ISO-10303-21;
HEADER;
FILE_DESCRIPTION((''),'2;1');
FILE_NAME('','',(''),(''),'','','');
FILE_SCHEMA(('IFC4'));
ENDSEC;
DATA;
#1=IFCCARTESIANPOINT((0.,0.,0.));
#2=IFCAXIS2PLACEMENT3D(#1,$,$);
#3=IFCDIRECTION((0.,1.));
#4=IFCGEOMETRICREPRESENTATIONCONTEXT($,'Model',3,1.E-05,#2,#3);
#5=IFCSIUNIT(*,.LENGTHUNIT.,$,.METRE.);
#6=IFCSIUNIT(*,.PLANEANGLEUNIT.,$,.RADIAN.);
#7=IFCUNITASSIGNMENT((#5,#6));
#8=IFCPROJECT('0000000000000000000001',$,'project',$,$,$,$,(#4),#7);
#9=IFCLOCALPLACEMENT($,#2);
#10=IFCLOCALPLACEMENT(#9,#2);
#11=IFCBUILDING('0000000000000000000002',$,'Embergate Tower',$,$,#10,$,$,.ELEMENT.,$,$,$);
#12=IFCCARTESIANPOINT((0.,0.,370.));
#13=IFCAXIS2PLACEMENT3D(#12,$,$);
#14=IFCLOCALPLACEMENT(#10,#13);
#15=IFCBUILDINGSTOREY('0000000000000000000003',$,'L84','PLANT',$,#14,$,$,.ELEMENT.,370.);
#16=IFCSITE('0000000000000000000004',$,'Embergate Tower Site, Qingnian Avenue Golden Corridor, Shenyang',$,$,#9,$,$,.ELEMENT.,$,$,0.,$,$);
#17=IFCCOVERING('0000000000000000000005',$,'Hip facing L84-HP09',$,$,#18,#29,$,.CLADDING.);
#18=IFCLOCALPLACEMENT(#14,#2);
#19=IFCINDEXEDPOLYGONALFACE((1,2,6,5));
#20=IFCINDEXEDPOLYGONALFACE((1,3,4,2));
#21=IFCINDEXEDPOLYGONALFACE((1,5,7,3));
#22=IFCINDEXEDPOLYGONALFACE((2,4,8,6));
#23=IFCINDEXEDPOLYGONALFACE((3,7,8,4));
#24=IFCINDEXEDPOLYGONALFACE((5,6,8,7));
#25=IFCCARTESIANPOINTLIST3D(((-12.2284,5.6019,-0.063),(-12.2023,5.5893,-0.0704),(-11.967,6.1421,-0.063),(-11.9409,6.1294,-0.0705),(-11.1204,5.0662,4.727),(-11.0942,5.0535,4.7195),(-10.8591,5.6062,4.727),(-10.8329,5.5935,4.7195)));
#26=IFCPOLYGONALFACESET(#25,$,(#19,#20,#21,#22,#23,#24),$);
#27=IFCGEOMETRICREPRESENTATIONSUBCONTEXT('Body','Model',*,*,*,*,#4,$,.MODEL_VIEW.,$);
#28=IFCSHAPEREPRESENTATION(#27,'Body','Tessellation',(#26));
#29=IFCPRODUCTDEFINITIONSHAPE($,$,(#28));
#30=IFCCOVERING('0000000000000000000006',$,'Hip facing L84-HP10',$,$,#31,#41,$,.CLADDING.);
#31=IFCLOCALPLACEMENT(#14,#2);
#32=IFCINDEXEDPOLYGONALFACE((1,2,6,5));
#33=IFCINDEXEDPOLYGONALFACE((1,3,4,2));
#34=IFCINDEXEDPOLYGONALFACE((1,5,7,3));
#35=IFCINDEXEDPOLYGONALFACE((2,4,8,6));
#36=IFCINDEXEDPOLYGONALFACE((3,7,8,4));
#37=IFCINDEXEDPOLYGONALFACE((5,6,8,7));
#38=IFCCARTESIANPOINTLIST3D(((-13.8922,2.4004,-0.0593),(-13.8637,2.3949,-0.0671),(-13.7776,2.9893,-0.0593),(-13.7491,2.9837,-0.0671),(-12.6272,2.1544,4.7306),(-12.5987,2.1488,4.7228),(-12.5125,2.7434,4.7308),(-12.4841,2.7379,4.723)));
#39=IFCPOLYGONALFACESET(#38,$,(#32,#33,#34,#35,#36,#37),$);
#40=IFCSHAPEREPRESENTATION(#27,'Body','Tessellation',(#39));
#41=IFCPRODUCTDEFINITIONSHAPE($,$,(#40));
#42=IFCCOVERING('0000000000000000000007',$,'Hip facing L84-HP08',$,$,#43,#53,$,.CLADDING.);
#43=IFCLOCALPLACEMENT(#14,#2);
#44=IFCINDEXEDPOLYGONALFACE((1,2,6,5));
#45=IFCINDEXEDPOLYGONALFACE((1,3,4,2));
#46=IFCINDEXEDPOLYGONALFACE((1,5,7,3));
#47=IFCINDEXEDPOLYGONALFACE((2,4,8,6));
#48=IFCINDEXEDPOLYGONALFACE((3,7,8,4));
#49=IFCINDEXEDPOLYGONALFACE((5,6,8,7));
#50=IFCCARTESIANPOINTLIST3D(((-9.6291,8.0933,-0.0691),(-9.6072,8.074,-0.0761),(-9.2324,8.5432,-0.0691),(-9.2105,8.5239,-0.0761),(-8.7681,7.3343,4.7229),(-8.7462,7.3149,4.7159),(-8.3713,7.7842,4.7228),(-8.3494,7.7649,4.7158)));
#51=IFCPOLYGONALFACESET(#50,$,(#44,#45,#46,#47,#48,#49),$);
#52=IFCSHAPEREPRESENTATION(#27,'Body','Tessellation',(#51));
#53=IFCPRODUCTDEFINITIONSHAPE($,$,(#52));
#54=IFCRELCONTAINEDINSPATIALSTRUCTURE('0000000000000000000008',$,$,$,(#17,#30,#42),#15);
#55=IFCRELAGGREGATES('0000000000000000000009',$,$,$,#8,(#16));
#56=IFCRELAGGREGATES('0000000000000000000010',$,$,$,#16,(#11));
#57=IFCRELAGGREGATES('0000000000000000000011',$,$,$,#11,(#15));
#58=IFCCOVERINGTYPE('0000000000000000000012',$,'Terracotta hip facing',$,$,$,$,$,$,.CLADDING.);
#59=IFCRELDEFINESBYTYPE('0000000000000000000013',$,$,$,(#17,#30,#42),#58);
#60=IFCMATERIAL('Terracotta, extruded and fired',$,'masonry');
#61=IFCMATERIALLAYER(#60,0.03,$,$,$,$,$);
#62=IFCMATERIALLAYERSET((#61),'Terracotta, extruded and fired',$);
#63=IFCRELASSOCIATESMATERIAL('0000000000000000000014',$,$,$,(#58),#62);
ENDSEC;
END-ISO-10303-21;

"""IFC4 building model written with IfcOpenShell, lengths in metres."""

from ifc_helpers import new_model, si_unit, direction, frame, origin, place, context, subcontext, project, spatial, polyline, outline, extrude, source, transform, mapped, material, layer, layer_set, type_object, element, save


model = new_model("IFC4")

# Units and contexts
model_context = context("Model", 3, precision=1e-05, world=origin(), true_north=direction((0.0, 1.0)))
body_context = subcontext(model_context, "Body", "Model", "MODEL_VIEW")
ifc_project = project(units=[si_unit("LENGTHUNIT", "METRE"), si_unit("PLANEANGLEUNIT", "RADIAN")], contexts=[model_context])

# Site, building, storey
site_placement = place(None, origin())
site = spatial("IfcSite", under=ifc_project, at=site_placement, Name="Embergate Tower Site, Qingnian Avenue Golden Corridor, Shenyang", CompositionType="ELEMENT", RefElevation=0.0)
building_placement = place(site_placement, origin())
building = spatial("IfcBuilding", under=site, at=building_placement, Name="Embergate Tower", CompositionType="ELEMENT")
storey_placement = place(building_placement, frame((0.0, 0.0, 370.0)))
storey = spatial("IfcBuildingStorey", under=building, at=storey_placement, Name="L84", Description="PLANT", CompositionType="ELEMENT", Elevation=370.0)

# Coverings
ifc_material_1 = material(Name="Terracotta, extruded and fired", Category="masonry")
ifc_layer_1 = layer(ifc_material_1, 0.03)
ifc_layer_set_1 = layer_set([ifc_layer_1], Name="Terracotta, extruded and fired")
covering_type = type_object("IfcCoveringType", Name="Terracotta hip facing", PredefinedType="CLADDING", material=ifc_layer_set_1)
shared_shape_1 = source(origin(), body_context, "Body", "SweptSolid", [
    extrude(outline(polyline([(0.0, 0.0), (4.9456, 0.0), (4.9456, -0.5999), (0.0, -0.6001), (0.0, 0.0)])), origin(), (0.0, 0.0, -1.0), 0.03),
])
covering_1_placement = place(storey_placement, frame((-11.967, 6.1421, -0.063), z_axis=(-0.87181, 0.421914, 0.248869), x_axis=(0.224037, -0.108365, 0.968537)))
element("IfcCovering", 1, at=covering_1_placement, inside=storey, type_object=covering_type, Name="Hip facing L84-HP09", PredefinedType="CLADDING", context=body_context, shape_type="MappedRepresentation", body=[
    mapped(shared_shape_1, transform((0.0, 0.0, 0.0))),
])
shared_shape_2 = source(origin(), body_context, "Body", "SweptSolid", [
    extrude(outline(polyline([(0.0, 0.0), (4.9604, 0.0), (4.9602, -0.6001), (0.0, -0.5999), (0.0, 0.0)])), origin(), (0.0, 0.0, -1.0), 0.03),
])
covering_2_placement = place(storey_placement, frame((-13.7776, 2.9893, -0.0593), z_axis=(-0.947879, 0.184468, 0.259801), x_axis=(0.25503, -0.049559, 0.965662)))
element("IfcCovering", 2, at=covering_2_placement, inside=storey, type_object=covering_type, Name="Hip facing L84-HP10", PredefinedType="CLADDING", context=body_context, shape_type="MappedRepresentation", body=[
    mapped(shared_shape_2, transform((0.0, 0.0, 0.0))),
])
shared_shape_3 = source(origin(), body_context, "Body", "SweptSolid", [
    extrude(outline(polyline([(0.0, 0.0), (4.9275, 0.0), (4.9275, -0.5999), (0.0, -0.5999), (0.0, 0.0)])), origin(), (0.0, 0.0, -1.0), 0.03),
])
covering_3_placement = place(storey_placement, frame((-9.2324, 8.5432, -0.0691), z_axis=(-0.72944, 0.643158, 0.232949), x_axis=(0.174749, -0.154039, 0.972489)))
element("IfcCovering", 3, at=covering_3_placement, inside=storey, type_object=covering_type, Name="Hip facing L84-HP08", PredefinedType="CLADDING", context=body_context, shape_type="MappedRepresentation", body=[
    mapped(shared_shape_3, transform((0.0, 0.0, 0.0))),
])

save(model, "model.ifc")
